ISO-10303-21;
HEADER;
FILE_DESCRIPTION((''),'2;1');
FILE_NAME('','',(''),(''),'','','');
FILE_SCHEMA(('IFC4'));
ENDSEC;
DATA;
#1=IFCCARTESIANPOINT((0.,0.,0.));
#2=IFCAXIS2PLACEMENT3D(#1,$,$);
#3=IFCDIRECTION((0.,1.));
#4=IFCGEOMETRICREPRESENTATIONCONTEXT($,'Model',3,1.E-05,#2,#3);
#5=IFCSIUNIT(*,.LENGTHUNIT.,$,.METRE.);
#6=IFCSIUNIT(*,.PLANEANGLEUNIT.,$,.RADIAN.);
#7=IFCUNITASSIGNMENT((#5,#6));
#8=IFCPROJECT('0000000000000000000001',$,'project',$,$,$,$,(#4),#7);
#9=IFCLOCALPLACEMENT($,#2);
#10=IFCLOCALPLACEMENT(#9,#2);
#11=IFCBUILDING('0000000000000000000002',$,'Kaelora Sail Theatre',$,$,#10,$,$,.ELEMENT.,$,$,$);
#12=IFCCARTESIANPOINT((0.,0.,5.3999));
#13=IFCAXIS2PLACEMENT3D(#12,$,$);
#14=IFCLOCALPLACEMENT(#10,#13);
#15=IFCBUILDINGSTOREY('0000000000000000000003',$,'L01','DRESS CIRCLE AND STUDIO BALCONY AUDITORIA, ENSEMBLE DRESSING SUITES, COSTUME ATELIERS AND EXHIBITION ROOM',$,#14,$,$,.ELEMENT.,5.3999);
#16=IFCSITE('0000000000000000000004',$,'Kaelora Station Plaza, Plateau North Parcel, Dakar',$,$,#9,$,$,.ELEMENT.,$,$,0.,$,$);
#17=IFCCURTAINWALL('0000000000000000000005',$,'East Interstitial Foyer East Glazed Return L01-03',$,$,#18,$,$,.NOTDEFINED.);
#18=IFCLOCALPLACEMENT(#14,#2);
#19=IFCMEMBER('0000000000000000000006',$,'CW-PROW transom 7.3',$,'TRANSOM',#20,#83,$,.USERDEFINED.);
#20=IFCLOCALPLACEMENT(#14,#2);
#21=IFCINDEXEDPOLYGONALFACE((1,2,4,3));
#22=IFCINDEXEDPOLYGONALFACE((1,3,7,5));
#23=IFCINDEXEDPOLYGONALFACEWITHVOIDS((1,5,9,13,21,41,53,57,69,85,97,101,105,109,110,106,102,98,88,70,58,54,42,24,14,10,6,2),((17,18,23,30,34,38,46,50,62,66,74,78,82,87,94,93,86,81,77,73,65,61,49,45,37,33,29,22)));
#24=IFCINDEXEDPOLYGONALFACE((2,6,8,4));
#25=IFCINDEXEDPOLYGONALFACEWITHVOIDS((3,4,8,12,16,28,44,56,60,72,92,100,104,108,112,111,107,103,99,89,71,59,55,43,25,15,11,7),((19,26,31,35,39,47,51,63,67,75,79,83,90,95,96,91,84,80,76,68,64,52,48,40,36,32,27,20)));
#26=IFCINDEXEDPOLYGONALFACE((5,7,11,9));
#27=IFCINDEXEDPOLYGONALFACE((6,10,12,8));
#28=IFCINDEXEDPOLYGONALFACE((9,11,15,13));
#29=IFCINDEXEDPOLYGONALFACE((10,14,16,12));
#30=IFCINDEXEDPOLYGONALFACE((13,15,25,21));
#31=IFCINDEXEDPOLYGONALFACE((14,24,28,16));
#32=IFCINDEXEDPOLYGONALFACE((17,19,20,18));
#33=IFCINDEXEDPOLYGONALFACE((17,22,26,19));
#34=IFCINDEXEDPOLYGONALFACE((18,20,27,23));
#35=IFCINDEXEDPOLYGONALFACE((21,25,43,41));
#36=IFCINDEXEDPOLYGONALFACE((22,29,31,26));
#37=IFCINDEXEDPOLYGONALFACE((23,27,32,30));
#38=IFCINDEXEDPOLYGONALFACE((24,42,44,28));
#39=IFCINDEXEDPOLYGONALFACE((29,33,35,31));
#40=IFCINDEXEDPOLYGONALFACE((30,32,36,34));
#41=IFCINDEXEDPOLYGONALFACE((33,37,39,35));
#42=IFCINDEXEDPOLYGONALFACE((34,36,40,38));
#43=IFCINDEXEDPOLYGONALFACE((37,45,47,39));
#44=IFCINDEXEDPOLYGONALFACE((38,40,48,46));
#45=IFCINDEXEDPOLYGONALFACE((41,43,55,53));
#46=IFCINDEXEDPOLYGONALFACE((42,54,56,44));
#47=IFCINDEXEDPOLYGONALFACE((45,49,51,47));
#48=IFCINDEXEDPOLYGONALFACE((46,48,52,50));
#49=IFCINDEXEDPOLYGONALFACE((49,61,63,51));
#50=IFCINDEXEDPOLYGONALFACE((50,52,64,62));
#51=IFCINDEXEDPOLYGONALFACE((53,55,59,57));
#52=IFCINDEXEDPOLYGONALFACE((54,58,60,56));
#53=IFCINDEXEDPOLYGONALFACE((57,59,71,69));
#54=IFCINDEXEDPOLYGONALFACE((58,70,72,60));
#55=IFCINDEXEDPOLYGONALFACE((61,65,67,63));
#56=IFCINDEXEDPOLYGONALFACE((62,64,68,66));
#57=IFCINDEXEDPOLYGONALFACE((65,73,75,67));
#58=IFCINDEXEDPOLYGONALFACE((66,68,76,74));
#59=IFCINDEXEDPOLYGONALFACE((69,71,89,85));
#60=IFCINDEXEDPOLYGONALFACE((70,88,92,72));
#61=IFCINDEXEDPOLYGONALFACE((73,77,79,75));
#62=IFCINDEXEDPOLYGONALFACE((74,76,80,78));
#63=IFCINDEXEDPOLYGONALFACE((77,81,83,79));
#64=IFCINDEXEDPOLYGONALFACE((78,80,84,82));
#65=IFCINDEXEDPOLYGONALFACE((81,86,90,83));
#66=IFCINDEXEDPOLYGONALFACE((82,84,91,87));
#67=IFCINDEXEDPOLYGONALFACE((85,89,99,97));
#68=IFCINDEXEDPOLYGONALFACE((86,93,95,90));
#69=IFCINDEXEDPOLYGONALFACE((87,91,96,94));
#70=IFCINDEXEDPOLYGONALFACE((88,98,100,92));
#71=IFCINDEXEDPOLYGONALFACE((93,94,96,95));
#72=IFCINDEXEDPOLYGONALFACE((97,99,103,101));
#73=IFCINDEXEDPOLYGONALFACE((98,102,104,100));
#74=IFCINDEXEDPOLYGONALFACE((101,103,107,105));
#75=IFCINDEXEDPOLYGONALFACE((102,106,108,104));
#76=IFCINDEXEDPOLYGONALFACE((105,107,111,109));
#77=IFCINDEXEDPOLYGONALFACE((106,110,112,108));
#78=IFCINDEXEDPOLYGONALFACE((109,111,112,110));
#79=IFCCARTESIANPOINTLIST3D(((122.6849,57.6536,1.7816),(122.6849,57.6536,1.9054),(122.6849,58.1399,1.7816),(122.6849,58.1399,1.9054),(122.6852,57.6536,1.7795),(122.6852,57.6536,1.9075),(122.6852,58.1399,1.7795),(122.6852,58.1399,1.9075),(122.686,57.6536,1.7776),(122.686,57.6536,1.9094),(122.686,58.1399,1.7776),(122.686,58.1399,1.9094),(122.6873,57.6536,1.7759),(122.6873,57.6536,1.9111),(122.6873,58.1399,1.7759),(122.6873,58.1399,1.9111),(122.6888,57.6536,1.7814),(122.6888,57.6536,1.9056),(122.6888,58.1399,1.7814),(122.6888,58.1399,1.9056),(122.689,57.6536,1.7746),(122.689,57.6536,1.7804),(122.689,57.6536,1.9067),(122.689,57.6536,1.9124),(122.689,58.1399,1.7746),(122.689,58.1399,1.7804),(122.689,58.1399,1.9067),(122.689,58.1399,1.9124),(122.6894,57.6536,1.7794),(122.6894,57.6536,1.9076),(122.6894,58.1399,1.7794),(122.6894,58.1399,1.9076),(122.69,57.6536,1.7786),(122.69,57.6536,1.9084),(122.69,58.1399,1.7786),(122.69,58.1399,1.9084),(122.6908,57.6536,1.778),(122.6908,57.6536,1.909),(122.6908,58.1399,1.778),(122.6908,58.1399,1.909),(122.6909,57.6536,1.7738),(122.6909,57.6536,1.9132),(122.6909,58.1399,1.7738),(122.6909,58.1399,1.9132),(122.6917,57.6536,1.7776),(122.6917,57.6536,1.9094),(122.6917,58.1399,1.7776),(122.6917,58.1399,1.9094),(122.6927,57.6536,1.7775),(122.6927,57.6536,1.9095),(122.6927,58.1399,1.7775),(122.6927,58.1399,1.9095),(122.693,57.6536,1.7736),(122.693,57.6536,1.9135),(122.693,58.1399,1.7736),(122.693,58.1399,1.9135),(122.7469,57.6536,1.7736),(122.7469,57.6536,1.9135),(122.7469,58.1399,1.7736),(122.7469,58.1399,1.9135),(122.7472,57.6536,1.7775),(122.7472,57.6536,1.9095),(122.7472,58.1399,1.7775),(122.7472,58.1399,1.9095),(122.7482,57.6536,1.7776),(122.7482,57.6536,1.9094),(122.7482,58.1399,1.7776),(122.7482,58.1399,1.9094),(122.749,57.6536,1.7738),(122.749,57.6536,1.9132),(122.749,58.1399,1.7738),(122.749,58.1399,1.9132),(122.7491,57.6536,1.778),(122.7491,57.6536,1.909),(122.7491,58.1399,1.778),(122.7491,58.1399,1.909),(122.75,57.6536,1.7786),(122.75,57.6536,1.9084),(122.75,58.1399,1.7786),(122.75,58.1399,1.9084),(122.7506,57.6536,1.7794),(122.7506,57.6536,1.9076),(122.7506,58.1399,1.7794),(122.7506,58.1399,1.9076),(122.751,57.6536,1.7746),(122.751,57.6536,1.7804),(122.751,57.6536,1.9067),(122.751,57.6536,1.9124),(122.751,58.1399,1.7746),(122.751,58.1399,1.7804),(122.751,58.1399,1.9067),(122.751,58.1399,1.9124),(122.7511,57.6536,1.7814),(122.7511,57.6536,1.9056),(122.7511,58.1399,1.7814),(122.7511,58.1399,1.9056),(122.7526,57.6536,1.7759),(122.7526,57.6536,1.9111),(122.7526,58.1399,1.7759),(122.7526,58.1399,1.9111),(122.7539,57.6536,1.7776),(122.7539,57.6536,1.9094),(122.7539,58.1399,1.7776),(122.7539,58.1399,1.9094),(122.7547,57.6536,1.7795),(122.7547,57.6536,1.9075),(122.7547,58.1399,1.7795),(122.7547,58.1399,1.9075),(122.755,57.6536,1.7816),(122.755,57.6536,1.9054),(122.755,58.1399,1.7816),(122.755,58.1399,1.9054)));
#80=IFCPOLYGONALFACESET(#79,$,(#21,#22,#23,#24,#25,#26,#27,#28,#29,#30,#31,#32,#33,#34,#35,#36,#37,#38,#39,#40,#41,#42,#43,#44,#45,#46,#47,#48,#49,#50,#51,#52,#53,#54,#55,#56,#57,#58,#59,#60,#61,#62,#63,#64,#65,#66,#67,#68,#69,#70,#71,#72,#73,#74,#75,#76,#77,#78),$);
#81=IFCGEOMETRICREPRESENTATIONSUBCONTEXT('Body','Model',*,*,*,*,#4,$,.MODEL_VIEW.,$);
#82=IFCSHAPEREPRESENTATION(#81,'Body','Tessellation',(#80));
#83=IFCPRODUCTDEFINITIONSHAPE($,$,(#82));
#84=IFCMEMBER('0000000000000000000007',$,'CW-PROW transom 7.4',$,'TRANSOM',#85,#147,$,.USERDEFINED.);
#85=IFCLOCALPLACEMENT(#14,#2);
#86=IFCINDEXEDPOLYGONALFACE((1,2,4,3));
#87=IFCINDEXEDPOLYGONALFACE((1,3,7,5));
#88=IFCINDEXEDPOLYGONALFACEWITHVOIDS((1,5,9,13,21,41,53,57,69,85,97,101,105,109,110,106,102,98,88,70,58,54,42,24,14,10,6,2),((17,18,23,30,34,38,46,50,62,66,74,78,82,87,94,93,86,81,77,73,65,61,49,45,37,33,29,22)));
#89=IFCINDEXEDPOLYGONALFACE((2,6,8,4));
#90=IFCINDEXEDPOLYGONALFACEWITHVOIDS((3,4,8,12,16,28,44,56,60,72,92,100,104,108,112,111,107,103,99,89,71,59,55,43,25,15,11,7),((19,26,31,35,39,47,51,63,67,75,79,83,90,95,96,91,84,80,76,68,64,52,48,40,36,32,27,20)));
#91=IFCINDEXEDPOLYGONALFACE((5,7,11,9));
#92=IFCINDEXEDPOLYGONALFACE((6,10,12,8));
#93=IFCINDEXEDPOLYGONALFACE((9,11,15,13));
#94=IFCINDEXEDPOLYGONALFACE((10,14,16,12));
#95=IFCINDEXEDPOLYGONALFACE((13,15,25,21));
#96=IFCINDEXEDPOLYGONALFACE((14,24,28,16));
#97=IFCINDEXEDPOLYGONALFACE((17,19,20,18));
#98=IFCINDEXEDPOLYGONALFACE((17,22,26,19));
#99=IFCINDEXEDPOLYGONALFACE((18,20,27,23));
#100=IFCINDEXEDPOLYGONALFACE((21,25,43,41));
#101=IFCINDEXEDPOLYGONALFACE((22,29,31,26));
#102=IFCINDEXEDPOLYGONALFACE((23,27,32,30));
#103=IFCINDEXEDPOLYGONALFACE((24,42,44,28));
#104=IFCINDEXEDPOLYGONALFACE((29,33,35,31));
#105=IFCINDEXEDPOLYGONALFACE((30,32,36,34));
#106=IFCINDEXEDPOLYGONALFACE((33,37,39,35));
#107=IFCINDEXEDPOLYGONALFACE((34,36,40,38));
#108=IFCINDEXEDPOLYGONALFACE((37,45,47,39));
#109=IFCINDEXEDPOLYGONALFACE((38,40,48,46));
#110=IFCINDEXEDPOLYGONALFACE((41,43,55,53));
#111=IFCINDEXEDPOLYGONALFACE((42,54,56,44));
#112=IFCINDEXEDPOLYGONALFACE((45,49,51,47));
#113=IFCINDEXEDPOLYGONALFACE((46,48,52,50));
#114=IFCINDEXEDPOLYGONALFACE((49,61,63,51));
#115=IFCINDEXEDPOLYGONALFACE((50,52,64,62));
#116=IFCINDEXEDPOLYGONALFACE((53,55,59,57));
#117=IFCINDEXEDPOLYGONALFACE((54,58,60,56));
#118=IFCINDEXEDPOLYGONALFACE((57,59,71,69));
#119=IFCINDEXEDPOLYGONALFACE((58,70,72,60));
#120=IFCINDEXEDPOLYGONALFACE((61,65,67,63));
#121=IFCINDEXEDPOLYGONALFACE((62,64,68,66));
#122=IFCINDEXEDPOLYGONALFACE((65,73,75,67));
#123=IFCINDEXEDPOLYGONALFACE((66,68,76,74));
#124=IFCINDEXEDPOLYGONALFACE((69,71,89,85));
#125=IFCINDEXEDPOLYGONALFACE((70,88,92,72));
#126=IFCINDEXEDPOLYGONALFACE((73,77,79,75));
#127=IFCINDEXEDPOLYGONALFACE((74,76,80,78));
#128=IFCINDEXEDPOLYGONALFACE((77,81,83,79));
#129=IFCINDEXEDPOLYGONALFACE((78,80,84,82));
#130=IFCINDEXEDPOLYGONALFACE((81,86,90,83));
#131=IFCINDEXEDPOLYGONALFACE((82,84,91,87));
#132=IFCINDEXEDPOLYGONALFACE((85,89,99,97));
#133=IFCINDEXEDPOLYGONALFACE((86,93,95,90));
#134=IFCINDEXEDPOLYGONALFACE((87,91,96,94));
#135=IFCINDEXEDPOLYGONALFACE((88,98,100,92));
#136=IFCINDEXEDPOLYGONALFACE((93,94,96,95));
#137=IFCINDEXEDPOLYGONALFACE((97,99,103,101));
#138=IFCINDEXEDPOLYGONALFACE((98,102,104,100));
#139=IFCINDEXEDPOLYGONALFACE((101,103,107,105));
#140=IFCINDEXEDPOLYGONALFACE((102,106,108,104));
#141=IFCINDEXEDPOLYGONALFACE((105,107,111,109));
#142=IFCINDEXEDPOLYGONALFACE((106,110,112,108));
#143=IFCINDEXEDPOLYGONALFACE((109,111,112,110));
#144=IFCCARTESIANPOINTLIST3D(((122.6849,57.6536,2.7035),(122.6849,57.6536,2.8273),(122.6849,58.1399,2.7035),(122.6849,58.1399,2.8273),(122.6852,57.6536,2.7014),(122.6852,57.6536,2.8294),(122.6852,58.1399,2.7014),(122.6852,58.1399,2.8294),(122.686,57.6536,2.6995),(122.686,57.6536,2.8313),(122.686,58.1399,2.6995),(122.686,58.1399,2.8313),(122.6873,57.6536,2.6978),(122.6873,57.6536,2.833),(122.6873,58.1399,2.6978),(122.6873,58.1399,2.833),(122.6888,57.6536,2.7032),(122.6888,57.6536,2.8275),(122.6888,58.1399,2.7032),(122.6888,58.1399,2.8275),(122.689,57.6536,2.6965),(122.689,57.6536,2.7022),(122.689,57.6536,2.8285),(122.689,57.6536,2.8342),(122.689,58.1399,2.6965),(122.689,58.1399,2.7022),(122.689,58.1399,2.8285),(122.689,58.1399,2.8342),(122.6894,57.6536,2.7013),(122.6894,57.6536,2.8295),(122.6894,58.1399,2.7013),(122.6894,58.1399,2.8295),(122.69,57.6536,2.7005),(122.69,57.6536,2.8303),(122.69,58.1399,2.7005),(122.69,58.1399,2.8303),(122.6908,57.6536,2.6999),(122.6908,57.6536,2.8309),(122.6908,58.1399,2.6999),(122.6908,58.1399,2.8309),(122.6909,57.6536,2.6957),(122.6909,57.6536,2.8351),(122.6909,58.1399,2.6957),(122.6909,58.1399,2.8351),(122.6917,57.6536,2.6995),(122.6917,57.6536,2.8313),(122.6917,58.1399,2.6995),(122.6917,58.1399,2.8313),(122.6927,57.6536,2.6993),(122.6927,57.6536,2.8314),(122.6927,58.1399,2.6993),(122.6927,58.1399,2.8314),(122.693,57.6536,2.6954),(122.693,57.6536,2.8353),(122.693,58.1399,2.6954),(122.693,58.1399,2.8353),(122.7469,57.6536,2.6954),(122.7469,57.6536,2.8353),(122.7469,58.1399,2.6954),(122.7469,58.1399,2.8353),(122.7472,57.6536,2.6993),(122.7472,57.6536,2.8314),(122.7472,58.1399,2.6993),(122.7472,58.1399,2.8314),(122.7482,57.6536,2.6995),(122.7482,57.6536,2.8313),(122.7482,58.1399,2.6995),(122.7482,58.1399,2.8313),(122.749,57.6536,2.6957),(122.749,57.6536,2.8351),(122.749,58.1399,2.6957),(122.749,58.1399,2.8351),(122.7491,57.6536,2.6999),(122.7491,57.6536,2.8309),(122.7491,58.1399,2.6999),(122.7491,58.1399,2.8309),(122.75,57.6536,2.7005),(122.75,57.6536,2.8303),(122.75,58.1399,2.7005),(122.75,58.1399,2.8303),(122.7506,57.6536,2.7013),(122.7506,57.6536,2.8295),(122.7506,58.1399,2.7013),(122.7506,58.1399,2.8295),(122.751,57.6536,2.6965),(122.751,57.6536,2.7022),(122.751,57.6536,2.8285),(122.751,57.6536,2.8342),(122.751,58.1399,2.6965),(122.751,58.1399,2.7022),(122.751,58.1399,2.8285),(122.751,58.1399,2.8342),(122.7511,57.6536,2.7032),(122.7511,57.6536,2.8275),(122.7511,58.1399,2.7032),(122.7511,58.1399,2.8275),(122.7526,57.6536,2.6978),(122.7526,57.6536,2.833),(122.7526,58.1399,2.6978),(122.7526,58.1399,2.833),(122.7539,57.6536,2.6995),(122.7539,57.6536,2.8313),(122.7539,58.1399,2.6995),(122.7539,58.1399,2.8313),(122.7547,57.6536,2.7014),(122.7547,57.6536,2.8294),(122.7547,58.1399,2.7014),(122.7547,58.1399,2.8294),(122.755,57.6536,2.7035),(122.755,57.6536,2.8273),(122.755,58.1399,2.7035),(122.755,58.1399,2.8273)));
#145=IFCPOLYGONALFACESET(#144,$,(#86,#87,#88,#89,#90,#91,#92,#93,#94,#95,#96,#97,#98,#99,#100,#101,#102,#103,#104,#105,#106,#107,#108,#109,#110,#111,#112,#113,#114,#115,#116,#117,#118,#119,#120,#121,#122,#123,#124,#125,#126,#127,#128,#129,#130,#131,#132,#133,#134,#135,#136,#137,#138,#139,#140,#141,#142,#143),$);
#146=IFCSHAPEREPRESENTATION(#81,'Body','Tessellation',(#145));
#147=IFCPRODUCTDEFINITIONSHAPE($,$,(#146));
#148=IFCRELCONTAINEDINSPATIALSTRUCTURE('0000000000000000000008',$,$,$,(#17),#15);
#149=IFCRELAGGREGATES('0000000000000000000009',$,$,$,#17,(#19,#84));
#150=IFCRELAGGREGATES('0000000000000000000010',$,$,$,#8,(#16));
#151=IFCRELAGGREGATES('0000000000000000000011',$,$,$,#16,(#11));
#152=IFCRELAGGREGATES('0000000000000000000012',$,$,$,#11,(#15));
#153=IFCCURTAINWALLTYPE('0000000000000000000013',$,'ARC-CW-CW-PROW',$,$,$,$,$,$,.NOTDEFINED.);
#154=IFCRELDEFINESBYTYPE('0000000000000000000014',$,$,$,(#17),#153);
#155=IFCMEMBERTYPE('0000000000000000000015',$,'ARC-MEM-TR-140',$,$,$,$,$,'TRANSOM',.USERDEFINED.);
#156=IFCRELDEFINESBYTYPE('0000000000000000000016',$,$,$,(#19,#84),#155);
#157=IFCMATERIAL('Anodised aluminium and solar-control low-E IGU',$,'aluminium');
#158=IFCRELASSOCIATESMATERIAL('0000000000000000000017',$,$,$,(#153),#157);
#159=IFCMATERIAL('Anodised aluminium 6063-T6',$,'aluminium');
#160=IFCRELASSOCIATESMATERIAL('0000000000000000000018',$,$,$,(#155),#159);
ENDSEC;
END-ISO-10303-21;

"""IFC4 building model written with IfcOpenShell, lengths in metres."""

from ifc_helpers import new_model, si_unit, direction, frame, origin, origin_2d, place, context, subcontext, project, spatial, hollow_rectangle, extrude, material, material_profile, profile_set, type_object, element, aggregate, save


model = new_model("IFC4")

# Units and contexts
model_context = context("Model", 3, precision=1e-05, world=origin(), true_north=direction((0.0, 1.0)))
body_context = subcontext(model_context, "Body", "Model", "MODEL_VIEW")
ifc_project = project(units=[si_unit("LENGTHUNIT", "METRE"), si_unit("PLANEANGLEUNIT", "RADIAN")], contexts=[model_context])

# Site, building, storey
site_placement = place(None, origin())
site = spatial("IfcSite", under=ifc_project, at=site_placement, Name="Kaelora Station Plaza, Plateau North Parcel, Dakar", CompositionType="ELEMENT", RefElevation=0.0)
building_placement = place(site_placement, origin())
building = spatial("IfcBuilding", under=site, at=building_placement, Name="Kaelora Sail Theatre", CompositionType="ELEMENT")
storey_placement = place(building_placement, frame((0.0, 0.0, 5.3999)))
storey = spatial("IfcBuildingStorey", under=building, at=storey_placement, Name="L01", Description="DRESS CIRCLE AND STUDIO BALCONY AUDITORIA, ENSEMBLE DRESSING SUITES, COSTUME ATELIERS AND EXHIBITION ROOM", CompositionType="ELEMENT", Elevation=5.3999)

# Curtain wall, members
ifc_material_1 = material(Name="Anodised aluminium and solar-control low-E IGU", Category="aluminium")
curtain_wall_type = type_object("IfcCurtainWallType", Name="ARC-CW-CW-PROW", PredefinedType="NOTDEFINED", material=ifc_material_1)
curtain_wall_placement = place(storey_placement, origin())
curtain_wall = element("IfcCurtainWall", 1, at=curtain_wall_placement, inside=storey, type_object=curtain_wall_type, Name="East Interstitial Foyer East Glazed Return L01-03", PredefinedType="NOTDEFINED")
ifc_material_2 = material(Name="Anodised aluminium 6063-T6", Category="aluminium")
ifc_material_profile_1 = material_profile(ifc_material_2, hollow_rectangle(XDim=0.0701, YDim=0.1399, WallThickness=0.0039, InnerFilletRadius=0.0039, OuterFilletRadius=0.0081, at=origin_2d()), Name="ALU-TRAN 70x140x4")
ifc_profile_set_1 = profile_set([ifc_material_profile_1], Name="Anodised aluminium 6063-T6")
member_type_1 = type_object("IfcMemberType", Name="ARC-MEM-TR-140", ElementType="TRANSOM", PredefinedType="USERDEFINED", material=ifc_profile_set_1)
member_1_placement = place(storey_placement, frame((122.72, 57.6536, 1.8435), z_axis=(0.0, 1.0, 0.0), x_axis=(-1.0, 0.0, 0.0)))
member_1 = element("IfcMember", 2, at=member_1_placement, type_object=member_type_1, Name="CW-PROW transom 7.3", ObjectType="TRANSOM", PredefinedType="USERDEFINED", context=body_context, shape_type="SweptSolid", body=[
    extrude(hollow_rectangle(XDim=0.0701, YDim=0.1399, WallThickness=0.0039, InnerFilletRadius=0.0039, OuterFilletRadius=0.0081, at=origin_2d()), origin(), (0.0, 0.0, 1.0), 0.4863),
])
member_2_placement = place(storey_placement, frame((122.72, 57.6536, 2.7654), z_axis=(0.0, 1.0, 0.0), x_axis=(-1.0, 0.0, 0.0)))
member_2 = element("IfcMember", 3, at=member_2_placement, type_object=member_type_1, Name="CW-PROW transom 7.4", ObjectType="TRANSOM", PredefinedType="USERDEFINED", context=body_context, shape_type="SweptSolid", body=[
    extrude(hollow_rectangle(XDim=0.0701, YDim=0.1399, WallThickness=0.0039, InnerFilletRadius=0.0039, OuterFilletRadius=0.0081, at=origin_2d()), origin(), (0.0, 0.0, 1.0), 0.4863),
])

aggregate(curtain_wall, [member_1, member_2])

save(model, "model.ifc")
